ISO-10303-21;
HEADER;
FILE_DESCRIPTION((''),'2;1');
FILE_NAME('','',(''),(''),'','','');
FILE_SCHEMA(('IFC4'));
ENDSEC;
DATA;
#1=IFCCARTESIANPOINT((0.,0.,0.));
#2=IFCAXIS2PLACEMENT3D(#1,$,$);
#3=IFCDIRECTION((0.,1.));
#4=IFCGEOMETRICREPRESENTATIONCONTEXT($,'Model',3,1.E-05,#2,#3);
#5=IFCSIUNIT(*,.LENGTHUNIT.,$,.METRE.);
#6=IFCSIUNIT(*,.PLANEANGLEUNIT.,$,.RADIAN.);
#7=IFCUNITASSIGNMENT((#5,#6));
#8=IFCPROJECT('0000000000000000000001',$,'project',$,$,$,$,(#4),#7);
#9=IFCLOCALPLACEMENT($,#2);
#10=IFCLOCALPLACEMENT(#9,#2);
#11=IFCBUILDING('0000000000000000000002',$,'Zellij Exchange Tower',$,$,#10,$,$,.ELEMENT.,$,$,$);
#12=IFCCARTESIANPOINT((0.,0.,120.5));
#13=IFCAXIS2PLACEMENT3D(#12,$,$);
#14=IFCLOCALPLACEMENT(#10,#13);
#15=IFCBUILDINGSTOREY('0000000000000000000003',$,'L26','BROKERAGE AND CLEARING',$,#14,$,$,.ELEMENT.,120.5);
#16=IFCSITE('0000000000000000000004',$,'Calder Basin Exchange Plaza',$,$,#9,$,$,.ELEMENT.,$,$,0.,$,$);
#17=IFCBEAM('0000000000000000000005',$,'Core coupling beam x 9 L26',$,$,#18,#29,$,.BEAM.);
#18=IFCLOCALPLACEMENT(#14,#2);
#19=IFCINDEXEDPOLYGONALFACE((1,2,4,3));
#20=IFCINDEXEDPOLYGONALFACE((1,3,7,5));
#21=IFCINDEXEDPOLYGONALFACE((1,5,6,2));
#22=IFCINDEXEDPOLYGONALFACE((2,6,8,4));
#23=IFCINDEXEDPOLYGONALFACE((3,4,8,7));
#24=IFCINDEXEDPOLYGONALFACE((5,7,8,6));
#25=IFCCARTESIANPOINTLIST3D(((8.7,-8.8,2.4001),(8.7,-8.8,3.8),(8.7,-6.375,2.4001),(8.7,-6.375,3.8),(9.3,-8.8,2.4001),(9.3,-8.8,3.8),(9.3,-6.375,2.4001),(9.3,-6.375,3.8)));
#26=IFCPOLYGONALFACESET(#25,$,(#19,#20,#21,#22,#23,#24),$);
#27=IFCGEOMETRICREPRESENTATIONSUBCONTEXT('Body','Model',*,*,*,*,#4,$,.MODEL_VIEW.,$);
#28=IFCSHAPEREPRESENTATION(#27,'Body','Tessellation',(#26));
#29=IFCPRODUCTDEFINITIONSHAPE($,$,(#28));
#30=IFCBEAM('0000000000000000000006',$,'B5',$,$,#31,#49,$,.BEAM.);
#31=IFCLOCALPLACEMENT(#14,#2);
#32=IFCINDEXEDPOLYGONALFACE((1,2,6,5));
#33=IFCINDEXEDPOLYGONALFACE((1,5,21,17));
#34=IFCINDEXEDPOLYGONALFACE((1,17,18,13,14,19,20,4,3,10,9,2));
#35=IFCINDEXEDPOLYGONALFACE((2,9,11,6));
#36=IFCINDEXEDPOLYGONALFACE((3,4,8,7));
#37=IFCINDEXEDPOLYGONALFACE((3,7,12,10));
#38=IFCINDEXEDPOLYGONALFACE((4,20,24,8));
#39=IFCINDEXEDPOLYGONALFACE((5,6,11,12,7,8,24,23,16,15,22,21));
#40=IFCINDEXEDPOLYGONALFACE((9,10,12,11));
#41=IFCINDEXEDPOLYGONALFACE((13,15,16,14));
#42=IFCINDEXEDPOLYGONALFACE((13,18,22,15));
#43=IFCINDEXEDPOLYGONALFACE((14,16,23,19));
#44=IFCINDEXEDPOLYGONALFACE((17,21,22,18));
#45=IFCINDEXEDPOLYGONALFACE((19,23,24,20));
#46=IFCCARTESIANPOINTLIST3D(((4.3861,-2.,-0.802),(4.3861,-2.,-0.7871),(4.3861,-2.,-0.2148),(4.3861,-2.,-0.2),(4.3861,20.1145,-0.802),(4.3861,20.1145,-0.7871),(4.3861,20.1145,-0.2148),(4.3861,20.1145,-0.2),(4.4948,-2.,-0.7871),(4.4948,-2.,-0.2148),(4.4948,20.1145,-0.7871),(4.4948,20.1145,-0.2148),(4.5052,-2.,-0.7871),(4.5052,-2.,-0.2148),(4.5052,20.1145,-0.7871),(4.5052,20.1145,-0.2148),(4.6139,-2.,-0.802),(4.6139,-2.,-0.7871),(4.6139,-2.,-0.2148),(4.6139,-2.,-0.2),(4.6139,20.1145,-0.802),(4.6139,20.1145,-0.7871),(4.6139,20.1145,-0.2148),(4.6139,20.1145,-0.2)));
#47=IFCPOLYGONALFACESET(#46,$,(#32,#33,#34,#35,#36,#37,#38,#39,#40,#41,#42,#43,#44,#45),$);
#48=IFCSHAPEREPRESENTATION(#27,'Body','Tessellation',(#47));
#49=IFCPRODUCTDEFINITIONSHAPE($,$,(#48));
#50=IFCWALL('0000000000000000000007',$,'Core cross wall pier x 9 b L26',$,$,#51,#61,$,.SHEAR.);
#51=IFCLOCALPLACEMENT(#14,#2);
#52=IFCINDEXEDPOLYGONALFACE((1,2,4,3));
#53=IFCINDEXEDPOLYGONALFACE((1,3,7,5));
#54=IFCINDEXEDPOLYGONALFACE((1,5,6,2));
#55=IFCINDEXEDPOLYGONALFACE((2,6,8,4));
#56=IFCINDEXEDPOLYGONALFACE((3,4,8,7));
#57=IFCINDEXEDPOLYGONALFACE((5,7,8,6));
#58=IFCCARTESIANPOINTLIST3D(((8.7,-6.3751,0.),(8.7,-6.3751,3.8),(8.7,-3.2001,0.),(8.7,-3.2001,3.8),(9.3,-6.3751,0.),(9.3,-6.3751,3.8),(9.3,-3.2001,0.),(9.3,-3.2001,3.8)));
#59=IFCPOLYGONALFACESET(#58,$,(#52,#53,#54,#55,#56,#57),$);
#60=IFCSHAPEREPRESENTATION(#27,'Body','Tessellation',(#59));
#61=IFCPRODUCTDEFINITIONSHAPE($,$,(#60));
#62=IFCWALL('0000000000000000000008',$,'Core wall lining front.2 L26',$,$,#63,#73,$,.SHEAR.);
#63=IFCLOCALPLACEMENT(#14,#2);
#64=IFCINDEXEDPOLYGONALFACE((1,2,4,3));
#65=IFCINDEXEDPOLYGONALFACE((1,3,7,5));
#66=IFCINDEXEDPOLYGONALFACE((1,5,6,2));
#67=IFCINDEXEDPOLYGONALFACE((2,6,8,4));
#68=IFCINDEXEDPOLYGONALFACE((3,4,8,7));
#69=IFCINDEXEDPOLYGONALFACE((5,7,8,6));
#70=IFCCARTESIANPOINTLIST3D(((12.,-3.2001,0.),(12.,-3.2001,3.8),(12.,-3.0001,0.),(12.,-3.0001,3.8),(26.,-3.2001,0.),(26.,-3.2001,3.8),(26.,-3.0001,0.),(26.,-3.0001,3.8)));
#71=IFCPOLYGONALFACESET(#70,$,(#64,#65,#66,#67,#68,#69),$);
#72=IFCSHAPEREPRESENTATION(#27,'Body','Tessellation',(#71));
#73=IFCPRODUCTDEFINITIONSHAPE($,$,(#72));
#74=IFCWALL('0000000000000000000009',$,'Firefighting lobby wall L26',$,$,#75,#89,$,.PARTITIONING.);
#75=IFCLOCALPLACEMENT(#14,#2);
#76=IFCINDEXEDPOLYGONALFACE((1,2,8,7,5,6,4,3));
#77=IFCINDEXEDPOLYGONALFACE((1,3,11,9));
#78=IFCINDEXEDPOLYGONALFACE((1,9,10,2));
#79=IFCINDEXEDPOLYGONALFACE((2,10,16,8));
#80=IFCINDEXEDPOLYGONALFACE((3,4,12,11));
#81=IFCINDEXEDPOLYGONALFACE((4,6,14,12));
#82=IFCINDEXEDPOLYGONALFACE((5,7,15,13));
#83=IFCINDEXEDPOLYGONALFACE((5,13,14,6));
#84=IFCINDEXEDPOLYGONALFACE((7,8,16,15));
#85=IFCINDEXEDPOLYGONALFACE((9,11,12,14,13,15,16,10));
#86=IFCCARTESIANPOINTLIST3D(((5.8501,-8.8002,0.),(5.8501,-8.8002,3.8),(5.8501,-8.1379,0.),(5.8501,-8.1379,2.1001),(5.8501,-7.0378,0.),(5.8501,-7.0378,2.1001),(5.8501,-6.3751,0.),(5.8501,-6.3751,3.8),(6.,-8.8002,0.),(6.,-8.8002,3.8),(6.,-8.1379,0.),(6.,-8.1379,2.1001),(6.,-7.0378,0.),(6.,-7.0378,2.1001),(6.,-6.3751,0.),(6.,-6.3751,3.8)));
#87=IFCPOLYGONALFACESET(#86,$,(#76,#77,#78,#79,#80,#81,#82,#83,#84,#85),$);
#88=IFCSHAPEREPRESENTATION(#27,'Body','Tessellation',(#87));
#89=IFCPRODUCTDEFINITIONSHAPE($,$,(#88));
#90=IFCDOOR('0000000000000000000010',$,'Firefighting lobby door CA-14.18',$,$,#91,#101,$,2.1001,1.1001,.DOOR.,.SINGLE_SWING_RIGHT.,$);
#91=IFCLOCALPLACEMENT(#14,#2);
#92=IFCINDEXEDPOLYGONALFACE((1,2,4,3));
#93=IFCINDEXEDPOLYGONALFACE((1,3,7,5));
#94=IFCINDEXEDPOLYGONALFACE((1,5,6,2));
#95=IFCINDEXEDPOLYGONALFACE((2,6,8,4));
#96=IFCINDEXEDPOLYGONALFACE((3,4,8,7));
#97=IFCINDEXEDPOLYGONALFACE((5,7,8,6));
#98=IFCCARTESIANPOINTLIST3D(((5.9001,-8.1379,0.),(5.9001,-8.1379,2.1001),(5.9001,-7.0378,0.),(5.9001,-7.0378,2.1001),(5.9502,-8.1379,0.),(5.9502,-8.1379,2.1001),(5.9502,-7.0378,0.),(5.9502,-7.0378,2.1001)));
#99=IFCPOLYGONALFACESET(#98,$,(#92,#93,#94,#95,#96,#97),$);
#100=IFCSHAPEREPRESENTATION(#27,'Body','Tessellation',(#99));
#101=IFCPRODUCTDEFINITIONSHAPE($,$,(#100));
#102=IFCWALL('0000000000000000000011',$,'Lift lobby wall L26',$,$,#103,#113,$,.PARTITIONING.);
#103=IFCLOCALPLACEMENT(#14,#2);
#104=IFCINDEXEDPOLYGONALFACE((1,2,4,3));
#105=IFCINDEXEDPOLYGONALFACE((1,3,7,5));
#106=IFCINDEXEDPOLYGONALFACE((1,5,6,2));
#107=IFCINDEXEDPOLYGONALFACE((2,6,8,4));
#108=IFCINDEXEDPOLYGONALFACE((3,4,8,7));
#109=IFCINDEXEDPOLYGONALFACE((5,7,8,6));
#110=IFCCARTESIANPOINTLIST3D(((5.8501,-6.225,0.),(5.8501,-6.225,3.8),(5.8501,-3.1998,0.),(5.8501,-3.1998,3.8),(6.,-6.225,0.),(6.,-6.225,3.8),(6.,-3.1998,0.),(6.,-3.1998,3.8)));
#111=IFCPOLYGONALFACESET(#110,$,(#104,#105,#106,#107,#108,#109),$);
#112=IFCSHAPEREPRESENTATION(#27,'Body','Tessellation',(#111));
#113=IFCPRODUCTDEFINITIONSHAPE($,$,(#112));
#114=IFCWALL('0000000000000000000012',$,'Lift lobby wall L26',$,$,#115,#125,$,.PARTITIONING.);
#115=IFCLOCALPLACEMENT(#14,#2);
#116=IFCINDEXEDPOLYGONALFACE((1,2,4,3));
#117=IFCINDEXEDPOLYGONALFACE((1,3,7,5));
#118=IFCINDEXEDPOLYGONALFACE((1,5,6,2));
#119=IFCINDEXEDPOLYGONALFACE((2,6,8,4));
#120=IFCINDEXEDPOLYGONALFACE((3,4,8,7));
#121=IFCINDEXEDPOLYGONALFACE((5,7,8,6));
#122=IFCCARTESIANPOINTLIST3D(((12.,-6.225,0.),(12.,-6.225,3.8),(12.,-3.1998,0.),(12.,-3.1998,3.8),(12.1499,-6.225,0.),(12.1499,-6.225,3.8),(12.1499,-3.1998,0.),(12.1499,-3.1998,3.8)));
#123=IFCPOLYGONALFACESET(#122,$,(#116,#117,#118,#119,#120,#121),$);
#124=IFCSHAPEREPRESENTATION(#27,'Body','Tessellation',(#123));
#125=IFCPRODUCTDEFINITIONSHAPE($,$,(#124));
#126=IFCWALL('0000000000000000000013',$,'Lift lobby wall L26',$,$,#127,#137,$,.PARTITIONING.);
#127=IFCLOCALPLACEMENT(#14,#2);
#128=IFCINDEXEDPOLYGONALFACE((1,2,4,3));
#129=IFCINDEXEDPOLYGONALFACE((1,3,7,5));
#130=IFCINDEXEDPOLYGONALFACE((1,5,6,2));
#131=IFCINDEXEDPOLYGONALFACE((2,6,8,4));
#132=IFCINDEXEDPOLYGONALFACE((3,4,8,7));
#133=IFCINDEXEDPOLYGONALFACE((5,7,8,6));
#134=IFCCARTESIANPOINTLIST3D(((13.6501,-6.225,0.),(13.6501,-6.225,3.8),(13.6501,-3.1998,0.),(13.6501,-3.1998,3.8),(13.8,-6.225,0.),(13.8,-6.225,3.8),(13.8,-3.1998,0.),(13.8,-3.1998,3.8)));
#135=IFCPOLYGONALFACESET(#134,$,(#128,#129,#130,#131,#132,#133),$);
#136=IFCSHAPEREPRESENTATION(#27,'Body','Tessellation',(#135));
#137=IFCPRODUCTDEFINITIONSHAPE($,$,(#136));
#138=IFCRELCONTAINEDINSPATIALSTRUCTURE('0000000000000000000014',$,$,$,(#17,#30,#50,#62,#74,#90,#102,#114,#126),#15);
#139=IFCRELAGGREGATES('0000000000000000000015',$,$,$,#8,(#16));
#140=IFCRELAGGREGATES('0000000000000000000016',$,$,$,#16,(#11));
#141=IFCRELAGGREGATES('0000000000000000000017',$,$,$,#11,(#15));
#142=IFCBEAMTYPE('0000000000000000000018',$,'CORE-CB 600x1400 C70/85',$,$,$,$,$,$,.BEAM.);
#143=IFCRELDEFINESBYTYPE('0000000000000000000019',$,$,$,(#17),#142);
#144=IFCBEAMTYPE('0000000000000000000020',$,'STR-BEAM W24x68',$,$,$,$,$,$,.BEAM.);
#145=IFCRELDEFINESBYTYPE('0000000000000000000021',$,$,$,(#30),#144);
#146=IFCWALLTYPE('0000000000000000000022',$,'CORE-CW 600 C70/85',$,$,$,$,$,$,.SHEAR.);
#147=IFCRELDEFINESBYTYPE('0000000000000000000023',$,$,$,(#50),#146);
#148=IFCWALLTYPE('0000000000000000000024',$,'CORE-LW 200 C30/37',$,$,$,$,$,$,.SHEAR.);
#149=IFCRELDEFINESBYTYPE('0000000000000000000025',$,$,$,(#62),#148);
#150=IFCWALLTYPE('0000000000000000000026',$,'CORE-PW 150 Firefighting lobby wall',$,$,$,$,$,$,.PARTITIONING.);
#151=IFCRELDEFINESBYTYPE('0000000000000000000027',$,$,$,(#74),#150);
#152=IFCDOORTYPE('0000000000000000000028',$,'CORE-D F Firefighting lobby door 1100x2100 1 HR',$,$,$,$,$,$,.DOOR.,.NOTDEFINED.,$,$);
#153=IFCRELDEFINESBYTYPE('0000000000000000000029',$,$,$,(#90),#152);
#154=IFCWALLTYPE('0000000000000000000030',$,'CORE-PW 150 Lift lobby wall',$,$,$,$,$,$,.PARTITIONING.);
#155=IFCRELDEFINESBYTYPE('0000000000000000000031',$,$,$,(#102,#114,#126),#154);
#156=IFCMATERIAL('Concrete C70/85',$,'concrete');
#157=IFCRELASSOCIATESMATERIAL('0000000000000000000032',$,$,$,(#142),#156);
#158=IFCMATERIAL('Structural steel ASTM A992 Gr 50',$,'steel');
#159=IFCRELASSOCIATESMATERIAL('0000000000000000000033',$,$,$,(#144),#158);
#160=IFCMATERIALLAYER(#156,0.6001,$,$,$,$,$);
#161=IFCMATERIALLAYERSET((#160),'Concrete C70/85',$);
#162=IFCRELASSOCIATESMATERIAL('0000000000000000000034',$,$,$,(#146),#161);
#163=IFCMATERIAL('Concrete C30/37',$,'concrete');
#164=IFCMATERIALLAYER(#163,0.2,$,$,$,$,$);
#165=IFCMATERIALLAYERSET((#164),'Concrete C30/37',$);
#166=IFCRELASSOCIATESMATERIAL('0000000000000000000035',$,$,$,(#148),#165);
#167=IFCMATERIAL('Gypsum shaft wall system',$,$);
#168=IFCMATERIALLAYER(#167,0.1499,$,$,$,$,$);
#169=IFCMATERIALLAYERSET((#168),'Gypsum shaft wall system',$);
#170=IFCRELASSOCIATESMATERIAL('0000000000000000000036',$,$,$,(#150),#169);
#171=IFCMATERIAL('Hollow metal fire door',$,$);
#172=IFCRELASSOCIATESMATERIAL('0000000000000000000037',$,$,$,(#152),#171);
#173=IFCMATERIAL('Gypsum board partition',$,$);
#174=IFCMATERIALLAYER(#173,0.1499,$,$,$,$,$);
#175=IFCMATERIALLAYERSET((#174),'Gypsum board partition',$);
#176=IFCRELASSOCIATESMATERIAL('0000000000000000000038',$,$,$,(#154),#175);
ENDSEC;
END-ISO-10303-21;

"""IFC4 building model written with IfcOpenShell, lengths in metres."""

from ifc_helpers import new_model, si_unit, direction, frame, frame_2d, origin, origin_2d, place, context, subcontext, project, spatial, rectangle, i_section, extrude, material, layer, layer_set, material_profile, profile_set, type_object, element, fill, save


model = new_model("IFC4")

# Units and contexts
model_context = context("Model", 3, precision=1e-05, world=origin(), true_north=direction((0.0, 1.0)))
body_context = subcontext(model_context, "Body", "Model", "MODEL_VIEW")
ifc_project = project(units=[si_unit("LENGTHUNIT", "METRE"), si_unit("PLANEANGLEUNIT", "RADIAN")], contexts=[model_context])

# Site, building, storey
site_placement = place(None, origin())
site = spatial("IfcSite", under=ifc_project, at=site_placement, Name="Calder Basin Exchange Plaza", CompositionType="ELEMENT", RefElevation=0.0)
building_placement = place(site_placement, origin())
building = spatial("IfcBuilding", under=site, at=building_placement, Name="Zellij Exchange Tower", CompositionType="ELEMENT")
storey_placement = place(building_placement, frame((0.0, 0.0, 120.5)))
storey = spatial("IfcBuildingStorey", under=building, at=storey_placement, Name="L26", Description="BROKERAGE AND CLEARING", CompositionType="ELEMENT", Elevation=120.5)

# Beams
ifc_material_1 = material(Name="Concrete C70/85", Category="concrete")
ifc_material_profile_1 = material_profile(ifc_material_1, rectangle(XDim=0.6001, YDim=1.3999, at=origin_2d()), Name="CORE-CB 600x1400 C70/85")
ifc_profile_set_1 = profile_set([ifc_material_profile_1], Name="Concrete C70/85")
beam_type_1 = type_object("IfcBeamType", Name="CORE-CB 600x1400 C70/85", PredefinedType="BEAM", material=ifc_profile_set_1)
beam_1_placement = place(storey_placement, frame((9.0, -8.8, 3.1001), z_axis=(0.0, 1.0, 0.0), x_axis=(-1.0, 0.0, 0.0)))
element("IfcBeam", 1, at=beam_1_placement, inside=storey, type_object=beam_type_1, Name="Core coupling beam x 9 L26", PredefinedType="BEAM", context=body_context, shape_type="SweptSolid", body=[
    extrude(rectangle(XDim=0.6001, YDim=1.3999, at=origin_2d()), origin(), (0.0, 0.0, 1.0), 2.425),
])
ifc_material_2 = material(Name="Structural steel ASTM A992 Gr 50", Category="steel")
ifc_material_profile_2 = material_profile(ifc_material_2, i_section(OverallWidth=0.2278, OverallDepth=0.6021, WebThickness=0.0105, FlangeThickness=0.0149, at=origin_2d()), Name="W24x68")
ifc_profile_set_2 = profile_set([ifc_material_profile_2], Name="Structural steel ASTM A992 Gr 50")
beam_type_2 = type_object("IfcBeamType", Name="STR-BEAM W24x68", PredefinedType="BEAM", material=ifc_profile_set_2)
beam_2_placement = place(storey_placement, frame((4.5, -2.0, -0.501), z_axis=(0.0, 1.0, 0.0), x_axis=(-1.0, 0.0, 0.0)))
element("IfcBeam", 2, at=beam_2_placement, inside=storey, type_object=beam_type_2, Name="B5", PredefinedType="BEAM", context=body_context, shape_type="SweptSolid", body=[
    extrude(i_section(OverallWidth=0.2278, OverallDepth=0.6021, WebThickness=0.0105, FlangeThickness=0.0149, at=origin_2d()), origin(), (0.0, 0.0, 1.0), 22.1145),
])

# Walls
ifc_layer_1 = layer(ifc_material_1, 0.6001)
ifc_layer_set_1 = layer_set([ifc_layer_1], Name="Concrete C70/85")
wall_type_1 = type_object("IfcWallType", Name="CORE-CW 600 C70/85", PredefinedType="SHEAR", material=ifc_layer_set_1)
wall_1_placement = place(storey_placement, frame((9.0, -6.375, 0.0), z_axis=(0.0, 0.0, 1.0), x_axis=(0.0, 1.0, 0.0)))
element("IfcWall", 3, at=wall_1_placement, inside=storey, type_object=wall_type_1, Name="Core cross wall pier x 9 b L26", PredefinedType="SHEAR", context=body_context, shape_type="SweptSolid", body=[
    extrude(rectangle(XDim=3.175, YDim=0.6001, at=frame_2d((1.5874, 0.0))), origin(), (0.0, 0.0, 1.0), 3.8),
])
ifc_material_3 = material(Name="Concrete C30/37", Category="concrete")
ifc_layer_2 = layer(ifc_material_3, 0.2)
ifc_layer_set_2 = layer_set([ifc_layer_2], Name="Concrete C30/37")
wall_type_2 = type_object("IfcWallType", Name="CORE-LW 200 C30/37", PredefinedType="SHEAR", material=ifc_layer_set_2)
wall_2_placement = place(storey_placement, frame((12.0, -3.1001, 0.0), z_axis=(0.0, 0.0, 1.0), x_axis=(1.0, 0.0, 0.0)))
element("IfcWall", 4, at=wall_2_placement, inside=storey, type_object=wall_type_2, Name="Core wall lining front.2 L26", PredefinedType="SHEAR", context=body_context, shape_type="SweptSolid", body=[
    extrude(rectangle(XDim=14.0, YDim=0.2, at=frame_2d((7.0, 0.0))), origin(), (0.0, 0.0, 1.0), 3.8),
])

# Wall, opening, door
ifc_material_4 = material(Name="Gypsum shaft wall system")
ifc_layer_3 = layer(ifc_material_4, 0.1499)
ifc_layer_set_3 = layer_set([ifc_layer_3], Name="Gypsum shaft wall system")
wall_type_3 = type_object("IfcWallType", Name="CORE-PW 150 Firefighting lobby wall", PredefinedType="PARTITIONING", material=ifc_layer_set_3)
wall_3_placement = place(storey_placement, frame((5.925, -8.8, 0.0), z_axis=(0.0, 0.0, 1.0), x_axis=(0.0, 1.0, 0.0)))
wall_3 = element("IfcWall", 5, at=wall_3_placement, inside=storey, type_object=wall_type_3, Name="Firefighting lobby wall L26", PredefinedType="PARTITIONING", context=body_context, shape_type="SweptSolid", body=[
    extrude(rectangle(XDim=2.425, YDim=0.1499, at=frame_2d((1.2124, 0.0))), origin(), (0.0, 0.0, 1.0), 3.8),
])
opening_1_placement = place(wall_3_placement, frame((0.6621, 0.0, 0.0)))
opening_1 = element("IfcOpeningElement", 6, at=opening_1_placement, cuts=wall_3, PredefinedType="OPENING", context=body_context, shape_type="SweptSolid", body=[
    extrude(rectangle(XDim=1.1001, YDim=2.1001, at=frame_2d((0.55, 1.05))), frame((0.0, 0.0869, 0.0), z_axis=(0.0, -1.0, 0.0), x_axis=(1.0, 0.0, 0.0)), (0.0, 0.0, 1.0), 0.1738),
])
ifc_material_5 = material(Name="Hollow metal fire door")
door_type_1 = type_object("IfcDoorType", Name="CORE-D F Firefighting lobby door 1100x2100 1 HR", OperationType="NOTDEFINED", PredefinedType="DOOR", material=ifc_material_5)
door_1_placement = place(opening_1_placement, origin())
door_1 = element("IfcDoor", 7, at=door_1_placement, inside=storey, type_object=door_type_1, Name="Firefighting lobby door CA-14.18", OperationType="SINGLE_SWING_RIGHT", OverallHeight=2.1001, OverallWidth=1.1001, PredefinedType="DOOR", context=body_context, shape_type="SweptSolid", body=[
    extrude(rectangle(XDim=1.1001, YDim=2.1001, at=frame_2d((0.55, 1.05))), frame((0.0, 0.0249, 0.0), z_axis=(0.0, -1.0, 0.0), x_axis=(1.0, 0.0, 0.0)), (0.0, 0.0, 1.0), 0.05),
])
fill(opening_1, door_1)

# Walls
ifc_material_6 = material(Name="Gypsum board partition")
ifc_layer_4 = layer(ifc_material_6, 0.1499)
ifc_layer_set_4 = layer_set([ifc_layer_4], Name="Gypsum board partition")
wall_type_4 = type_object("IfcWallType", Name="CORE-PW 150 Lift lobby wall", PredefinedType="PARTITIONING", material=ifc_layer_set_4)
for number, where, z_axis, x_axis, name in (
    (8, (5.925, -6.2251, 0.0), (0.0, 0.0, 1.0), (0.0, 1.0, 0.0), "Lift lobby wall L26"),
    (9, (12.075, -6.2251, 0.0), (0.0, 0.0, 1.0), (0.0, 1.0, 0.0), "Lift lobby wall L26"),
    (10, (13.7251, -6.2251, 0.0), (0.0, 0.0, 1.0), (0.0, 1.0, 0.0), "Lift lobby wall L26"),
):
    element("IfcWall", number, at=place(storey_placement, frame(where, z_axis=z_axis, x_axis=x_axis)), inside=storey, type_object=wall_type_4, Name=name, PredefinedType="PARTITIONING", context=body_context, shape_type="SweptSolid", body=[
        extrude(rectangle(XDim=3.0251, YDim=0.1499, at=frame_2d((1.5127, 0.0))), origin(), (0.0, 0.0, 1.0), 3.8),
    ])

save(model, "model.ifc")
